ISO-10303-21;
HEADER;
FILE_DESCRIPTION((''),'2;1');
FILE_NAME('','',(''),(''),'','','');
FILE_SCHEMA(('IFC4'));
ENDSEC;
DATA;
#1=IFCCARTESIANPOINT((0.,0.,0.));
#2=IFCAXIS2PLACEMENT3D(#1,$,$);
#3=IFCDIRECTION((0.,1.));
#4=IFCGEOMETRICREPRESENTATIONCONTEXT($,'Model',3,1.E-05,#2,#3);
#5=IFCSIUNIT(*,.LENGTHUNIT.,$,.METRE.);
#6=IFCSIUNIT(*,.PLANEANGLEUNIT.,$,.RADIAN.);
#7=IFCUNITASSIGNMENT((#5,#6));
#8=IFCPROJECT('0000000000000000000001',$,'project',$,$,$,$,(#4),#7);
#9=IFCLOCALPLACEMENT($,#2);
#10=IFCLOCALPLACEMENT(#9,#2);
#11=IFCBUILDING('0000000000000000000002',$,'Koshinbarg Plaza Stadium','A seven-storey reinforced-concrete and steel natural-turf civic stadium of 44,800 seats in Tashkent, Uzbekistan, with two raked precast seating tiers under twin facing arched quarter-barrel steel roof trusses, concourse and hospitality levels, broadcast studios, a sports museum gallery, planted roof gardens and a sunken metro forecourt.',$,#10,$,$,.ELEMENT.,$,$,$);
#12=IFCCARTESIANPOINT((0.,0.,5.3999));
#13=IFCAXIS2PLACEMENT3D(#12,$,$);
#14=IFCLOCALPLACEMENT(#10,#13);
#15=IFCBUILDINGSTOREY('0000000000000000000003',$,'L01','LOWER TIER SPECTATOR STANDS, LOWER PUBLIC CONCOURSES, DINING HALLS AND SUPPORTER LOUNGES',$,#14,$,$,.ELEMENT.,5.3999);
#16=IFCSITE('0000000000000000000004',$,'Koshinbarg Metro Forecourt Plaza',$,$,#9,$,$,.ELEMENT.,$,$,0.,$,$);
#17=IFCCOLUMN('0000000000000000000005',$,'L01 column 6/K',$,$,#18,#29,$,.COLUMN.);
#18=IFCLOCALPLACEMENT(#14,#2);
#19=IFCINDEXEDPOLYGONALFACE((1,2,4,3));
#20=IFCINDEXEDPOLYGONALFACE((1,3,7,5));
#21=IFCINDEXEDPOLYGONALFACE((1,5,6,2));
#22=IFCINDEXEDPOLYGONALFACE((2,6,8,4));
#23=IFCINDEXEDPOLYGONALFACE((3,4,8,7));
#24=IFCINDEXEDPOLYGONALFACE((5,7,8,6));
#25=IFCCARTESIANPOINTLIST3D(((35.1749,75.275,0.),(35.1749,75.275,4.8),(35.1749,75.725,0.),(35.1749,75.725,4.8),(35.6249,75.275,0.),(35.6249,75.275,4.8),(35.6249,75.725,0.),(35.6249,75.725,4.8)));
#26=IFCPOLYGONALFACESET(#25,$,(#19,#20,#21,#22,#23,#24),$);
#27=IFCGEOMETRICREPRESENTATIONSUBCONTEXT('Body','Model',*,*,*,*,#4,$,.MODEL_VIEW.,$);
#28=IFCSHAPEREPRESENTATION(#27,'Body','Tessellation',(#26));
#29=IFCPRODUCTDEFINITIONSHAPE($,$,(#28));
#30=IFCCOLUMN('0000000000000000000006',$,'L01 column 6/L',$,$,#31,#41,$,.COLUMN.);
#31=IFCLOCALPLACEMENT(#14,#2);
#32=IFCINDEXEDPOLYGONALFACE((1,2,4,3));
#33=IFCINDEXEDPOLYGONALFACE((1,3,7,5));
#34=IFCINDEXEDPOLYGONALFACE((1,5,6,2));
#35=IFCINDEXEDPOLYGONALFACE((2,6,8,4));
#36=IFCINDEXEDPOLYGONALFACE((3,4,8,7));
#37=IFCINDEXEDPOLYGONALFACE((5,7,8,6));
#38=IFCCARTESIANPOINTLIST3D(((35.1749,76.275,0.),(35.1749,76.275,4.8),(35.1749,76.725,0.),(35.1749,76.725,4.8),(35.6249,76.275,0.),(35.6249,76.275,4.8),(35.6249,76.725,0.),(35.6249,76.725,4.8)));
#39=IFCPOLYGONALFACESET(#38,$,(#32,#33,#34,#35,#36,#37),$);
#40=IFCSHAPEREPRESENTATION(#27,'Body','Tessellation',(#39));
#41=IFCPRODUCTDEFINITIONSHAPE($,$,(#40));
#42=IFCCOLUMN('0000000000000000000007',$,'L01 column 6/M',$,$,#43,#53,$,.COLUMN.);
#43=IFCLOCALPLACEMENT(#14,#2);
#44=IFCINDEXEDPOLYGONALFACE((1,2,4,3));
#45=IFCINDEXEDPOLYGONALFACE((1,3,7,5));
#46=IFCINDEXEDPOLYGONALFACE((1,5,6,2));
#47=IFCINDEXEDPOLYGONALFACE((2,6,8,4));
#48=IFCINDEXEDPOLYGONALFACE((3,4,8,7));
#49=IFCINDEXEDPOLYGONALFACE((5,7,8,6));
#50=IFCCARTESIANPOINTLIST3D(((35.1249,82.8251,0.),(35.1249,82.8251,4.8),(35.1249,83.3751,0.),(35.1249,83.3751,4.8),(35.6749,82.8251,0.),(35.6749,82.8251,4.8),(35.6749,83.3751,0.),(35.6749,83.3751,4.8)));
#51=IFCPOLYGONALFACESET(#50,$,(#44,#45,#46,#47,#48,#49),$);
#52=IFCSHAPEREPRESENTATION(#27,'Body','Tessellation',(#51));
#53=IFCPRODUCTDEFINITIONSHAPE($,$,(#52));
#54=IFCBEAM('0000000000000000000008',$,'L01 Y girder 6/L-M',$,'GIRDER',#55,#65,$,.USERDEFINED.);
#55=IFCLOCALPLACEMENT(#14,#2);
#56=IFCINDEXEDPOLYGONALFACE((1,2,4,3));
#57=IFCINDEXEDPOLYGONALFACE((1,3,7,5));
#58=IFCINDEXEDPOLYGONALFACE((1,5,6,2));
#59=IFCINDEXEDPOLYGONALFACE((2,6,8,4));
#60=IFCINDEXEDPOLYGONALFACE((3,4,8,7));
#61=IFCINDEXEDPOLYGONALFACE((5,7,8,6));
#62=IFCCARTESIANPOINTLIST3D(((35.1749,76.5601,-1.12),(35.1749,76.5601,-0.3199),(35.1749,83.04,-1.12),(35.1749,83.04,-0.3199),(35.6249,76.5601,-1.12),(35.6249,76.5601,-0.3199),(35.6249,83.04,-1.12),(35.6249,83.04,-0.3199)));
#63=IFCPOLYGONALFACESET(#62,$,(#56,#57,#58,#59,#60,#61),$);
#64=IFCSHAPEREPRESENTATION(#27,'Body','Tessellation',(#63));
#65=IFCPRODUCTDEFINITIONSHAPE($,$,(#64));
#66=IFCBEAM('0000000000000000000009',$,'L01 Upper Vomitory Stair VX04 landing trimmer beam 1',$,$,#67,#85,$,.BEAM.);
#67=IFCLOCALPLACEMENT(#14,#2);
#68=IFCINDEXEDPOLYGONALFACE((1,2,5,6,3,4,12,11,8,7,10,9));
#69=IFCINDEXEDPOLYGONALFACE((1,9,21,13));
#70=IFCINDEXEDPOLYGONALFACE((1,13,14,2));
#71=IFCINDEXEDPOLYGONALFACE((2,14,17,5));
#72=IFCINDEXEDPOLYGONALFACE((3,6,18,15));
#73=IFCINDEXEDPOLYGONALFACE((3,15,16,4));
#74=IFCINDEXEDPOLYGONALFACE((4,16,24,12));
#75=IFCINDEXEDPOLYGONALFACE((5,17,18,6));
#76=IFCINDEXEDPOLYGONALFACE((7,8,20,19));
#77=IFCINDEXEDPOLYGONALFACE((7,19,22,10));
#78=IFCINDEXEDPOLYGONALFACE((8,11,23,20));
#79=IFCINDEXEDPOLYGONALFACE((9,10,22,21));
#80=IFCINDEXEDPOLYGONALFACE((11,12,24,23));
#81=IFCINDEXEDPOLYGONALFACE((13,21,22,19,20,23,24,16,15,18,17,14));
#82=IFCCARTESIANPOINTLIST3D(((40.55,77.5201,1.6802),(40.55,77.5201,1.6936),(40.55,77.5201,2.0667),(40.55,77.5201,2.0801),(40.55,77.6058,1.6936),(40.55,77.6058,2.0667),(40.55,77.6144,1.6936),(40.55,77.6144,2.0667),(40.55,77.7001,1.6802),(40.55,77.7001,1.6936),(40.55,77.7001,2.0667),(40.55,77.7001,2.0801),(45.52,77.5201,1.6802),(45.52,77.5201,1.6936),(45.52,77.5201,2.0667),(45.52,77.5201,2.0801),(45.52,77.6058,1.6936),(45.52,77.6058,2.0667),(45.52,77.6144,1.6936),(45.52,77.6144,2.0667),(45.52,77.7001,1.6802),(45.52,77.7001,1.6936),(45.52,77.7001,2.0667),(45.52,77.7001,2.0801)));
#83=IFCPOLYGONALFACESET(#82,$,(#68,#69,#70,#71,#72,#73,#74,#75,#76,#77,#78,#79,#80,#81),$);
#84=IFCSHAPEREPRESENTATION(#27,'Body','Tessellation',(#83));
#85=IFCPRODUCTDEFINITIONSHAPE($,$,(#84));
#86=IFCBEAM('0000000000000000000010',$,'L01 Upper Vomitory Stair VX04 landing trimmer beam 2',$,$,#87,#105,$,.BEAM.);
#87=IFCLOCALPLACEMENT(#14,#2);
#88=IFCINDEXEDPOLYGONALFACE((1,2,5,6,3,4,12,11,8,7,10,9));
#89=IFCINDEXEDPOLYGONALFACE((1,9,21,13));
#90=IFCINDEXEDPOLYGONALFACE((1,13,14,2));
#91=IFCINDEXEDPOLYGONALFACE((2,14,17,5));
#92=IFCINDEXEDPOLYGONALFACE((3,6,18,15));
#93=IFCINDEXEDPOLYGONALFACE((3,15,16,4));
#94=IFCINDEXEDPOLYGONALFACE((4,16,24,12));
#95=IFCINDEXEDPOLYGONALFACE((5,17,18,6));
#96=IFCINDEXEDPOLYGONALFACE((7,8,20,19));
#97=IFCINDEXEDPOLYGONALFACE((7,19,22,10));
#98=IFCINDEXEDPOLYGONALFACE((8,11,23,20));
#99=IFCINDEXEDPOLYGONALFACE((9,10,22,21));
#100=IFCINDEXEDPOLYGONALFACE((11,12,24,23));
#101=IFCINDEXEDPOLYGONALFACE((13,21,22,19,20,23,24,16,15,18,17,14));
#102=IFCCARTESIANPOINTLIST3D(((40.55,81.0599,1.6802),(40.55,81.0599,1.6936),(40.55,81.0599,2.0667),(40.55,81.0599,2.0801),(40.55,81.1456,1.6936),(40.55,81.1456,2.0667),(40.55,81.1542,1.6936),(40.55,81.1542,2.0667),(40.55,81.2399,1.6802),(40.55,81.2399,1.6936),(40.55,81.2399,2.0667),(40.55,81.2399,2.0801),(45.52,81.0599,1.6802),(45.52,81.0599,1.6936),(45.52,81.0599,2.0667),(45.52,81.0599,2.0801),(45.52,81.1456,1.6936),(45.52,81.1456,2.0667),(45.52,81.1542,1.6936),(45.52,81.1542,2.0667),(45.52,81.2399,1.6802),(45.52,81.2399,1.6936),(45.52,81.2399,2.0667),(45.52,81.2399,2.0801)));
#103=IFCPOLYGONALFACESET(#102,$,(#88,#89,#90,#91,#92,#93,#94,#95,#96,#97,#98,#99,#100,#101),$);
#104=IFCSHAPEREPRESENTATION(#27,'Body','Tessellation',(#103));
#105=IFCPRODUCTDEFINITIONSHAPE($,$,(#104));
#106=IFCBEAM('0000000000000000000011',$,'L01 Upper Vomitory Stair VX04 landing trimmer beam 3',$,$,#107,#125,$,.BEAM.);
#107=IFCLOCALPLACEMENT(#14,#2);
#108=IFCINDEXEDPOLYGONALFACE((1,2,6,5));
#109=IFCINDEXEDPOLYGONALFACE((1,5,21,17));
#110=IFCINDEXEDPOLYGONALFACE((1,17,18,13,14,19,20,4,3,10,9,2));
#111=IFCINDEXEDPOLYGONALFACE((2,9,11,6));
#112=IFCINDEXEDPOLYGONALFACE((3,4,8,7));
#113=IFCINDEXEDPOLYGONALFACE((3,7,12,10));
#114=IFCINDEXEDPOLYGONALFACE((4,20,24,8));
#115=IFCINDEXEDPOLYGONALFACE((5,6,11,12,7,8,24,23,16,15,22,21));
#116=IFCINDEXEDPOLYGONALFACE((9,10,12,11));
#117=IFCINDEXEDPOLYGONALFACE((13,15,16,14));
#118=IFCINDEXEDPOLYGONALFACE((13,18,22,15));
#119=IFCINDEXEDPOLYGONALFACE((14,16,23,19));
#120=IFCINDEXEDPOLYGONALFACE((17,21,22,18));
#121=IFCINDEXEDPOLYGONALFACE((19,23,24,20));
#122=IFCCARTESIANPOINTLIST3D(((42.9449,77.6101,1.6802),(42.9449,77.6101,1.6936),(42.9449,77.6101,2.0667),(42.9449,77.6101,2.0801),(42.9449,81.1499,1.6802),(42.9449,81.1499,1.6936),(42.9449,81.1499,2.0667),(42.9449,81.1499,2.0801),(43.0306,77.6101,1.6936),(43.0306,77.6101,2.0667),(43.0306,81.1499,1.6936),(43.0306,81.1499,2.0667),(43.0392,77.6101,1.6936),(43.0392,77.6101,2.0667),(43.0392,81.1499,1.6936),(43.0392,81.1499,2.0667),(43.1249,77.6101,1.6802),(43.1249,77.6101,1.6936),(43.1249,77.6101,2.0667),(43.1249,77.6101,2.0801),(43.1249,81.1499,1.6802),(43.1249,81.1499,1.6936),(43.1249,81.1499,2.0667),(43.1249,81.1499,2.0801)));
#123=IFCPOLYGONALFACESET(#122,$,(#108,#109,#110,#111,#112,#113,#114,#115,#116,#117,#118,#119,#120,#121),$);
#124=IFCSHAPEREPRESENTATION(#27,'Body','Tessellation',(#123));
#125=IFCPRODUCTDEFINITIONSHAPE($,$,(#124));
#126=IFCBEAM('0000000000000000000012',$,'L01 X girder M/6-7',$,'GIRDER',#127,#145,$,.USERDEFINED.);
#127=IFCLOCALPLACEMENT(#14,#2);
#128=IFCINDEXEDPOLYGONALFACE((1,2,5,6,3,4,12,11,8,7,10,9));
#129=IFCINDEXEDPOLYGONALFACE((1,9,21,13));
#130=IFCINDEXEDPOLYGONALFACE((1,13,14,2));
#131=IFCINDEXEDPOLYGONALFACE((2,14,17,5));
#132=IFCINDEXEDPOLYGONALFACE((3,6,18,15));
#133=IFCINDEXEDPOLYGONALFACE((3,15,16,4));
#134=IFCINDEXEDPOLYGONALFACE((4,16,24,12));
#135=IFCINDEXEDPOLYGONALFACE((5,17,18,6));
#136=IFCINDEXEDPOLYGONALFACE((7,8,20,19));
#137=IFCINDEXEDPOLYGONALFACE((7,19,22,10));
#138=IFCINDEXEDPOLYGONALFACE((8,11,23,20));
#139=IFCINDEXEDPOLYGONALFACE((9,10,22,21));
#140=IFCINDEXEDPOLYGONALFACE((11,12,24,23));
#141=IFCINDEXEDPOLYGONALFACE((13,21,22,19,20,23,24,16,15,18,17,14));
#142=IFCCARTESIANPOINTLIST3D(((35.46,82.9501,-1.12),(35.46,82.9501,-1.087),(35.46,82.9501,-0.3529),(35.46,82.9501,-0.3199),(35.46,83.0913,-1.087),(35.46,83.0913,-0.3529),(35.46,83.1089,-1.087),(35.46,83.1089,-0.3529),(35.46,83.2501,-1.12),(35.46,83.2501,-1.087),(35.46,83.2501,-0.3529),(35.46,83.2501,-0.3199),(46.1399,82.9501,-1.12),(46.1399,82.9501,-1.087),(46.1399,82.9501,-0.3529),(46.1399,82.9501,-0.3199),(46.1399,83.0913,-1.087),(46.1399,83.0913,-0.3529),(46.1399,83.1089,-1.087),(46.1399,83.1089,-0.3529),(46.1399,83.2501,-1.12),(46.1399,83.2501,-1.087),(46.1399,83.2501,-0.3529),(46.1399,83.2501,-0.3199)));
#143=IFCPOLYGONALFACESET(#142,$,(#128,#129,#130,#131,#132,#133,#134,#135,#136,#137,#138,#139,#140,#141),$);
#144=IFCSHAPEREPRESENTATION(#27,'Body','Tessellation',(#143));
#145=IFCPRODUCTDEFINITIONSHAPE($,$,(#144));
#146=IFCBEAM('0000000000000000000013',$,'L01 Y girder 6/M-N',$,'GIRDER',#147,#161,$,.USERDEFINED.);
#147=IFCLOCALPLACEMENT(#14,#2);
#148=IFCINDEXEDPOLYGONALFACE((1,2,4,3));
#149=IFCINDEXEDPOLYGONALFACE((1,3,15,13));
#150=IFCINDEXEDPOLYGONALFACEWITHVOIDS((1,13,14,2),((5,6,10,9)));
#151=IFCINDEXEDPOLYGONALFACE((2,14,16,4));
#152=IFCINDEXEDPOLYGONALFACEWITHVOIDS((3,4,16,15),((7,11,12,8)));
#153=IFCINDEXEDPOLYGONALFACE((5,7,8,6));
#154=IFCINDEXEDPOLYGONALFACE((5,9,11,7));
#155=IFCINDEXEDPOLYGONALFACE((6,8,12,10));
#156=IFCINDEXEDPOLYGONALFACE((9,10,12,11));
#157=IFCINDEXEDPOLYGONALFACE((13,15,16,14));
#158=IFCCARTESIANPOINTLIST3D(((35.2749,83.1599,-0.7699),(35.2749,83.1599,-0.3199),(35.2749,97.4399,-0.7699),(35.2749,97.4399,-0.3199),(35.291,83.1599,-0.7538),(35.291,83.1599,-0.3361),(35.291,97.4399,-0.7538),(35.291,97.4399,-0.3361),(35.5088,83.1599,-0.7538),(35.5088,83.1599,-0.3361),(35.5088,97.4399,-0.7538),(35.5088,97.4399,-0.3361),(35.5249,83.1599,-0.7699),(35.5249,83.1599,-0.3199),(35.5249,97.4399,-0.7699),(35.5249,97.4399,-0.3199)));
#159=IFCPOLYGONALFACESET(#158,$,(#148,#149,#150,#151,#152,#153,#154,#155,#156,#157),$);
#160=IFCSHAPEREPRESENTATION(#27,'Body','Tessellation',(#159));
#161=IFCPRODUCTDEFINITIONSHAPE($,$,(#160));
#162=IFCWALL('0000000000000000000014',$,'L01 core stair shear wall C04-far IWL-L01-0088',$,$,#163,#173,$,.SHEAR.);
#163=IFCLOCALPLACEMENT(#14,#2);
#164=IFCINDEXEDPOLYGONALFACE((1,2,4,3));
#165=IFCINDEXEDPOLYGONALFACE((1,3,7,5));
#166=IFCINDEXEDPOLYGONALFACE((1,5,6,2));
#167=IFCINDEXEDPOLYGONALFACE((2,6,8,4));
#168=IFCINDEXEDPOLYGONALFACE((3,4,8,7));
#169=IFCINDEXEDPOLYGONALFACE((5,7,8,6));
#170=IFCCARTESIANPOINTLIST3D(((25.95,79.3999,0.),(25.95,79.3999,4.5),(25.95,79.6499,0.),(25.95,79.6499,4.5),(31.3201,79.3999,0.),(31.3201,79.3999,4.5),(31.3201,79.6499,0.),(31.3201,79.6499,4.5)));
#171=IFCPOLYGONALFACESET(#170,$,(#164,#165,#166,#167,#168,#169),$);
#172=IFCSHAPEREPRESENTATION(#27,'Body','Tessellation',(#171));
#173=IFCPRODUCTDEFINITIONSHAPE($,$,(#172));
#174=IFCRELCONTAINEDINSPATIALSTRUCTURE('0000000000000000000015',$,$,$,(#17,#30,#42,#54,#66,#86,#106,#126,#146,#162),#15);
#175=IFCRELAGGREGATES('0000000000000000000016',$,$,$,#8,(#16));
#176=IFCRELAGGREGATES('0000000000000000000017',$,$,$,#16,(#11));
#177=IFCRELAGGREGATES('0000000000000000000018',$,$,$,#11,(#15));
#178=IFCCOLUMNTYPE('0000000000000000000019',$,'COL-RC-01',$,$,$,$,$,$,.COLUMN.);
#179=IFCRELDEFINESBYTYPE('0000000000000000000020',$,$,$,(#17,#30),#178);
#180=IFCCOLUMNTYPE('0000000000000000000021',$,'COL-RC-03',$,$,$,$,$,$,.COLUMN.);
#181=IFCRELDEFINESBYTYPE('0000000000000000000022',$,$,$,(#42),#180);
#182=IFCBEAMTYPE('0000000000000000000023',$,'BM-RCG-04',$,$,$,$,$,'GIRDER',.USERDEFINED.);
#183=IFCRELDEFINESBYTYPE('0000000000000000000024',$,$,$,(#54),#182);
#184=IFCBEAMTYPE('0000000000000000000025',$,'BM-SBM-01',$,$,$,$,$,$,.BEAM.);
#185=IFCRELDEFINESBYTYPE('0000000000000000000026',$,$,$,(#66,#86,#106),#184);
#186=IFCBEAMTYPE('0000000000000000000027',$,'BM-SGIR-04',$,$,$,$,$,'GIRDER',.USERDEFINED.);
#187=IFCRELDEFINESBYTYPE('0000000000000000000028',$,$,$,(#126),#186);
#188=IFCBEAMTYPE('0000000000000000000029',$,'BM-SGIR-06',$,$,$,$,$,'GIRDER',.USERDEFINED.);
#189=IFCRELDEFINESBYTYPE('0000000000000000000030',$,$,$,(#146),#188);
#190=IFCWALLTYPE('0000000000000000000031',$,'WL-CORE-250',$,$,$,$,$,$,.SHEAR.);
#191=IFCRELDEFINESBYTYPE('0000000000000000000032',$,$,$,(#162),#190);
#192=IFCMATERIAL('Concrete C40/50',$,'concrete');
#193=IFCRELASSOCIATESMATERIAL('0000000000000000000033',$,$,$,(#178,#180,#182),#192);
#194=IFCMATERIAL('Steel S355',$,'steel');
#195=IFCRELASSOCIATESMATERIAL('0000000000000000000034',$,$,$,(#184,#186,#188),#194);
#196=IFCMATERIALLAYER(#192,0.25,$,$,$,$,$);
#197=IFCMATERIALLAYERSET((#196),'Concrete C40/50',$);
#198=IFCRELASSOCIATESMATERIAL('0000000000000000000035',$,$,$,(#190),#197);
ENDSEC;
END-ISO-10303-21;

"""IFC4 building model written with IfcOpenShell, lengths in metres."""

from ifc_helpers import new_model, si_unit, direction, frame, frame_2d, origin, origin_2d, place, context, subcontext, project, spatial, rectangle, hollow_rectangle, i_section, extrude, material, layer, layer_set, material_profile, profile_set, type_object, element, save


model = new_model("IFC4")

# Units and contexts
model_context = context("Model", 3, precision=1e-05, world=origin(), true_north=direction((0.0, 1.0)))
body_context = subcontext(model_context, "Body", "Model", "MODEL_VIEW")
ifc_project = project(units=[si_unit("LENGTHUNIT", "METRE"), si_unit("PLANEANGLEUNIT", "RADIAN")], contexts=[model_context])

# Site, building, storey
site_placement = place(None, origin())
site = spatial("IfcSite", under=ifc_project, at=site_placement, Name="Koshinbarg Metro Forecourt Plaza", CompositionType="ELEMENT", RefElevation=0.0)
building_placement = place(site_placement, origin())
building = spatial("IfcBuilding", under=site, at=building_placement, Name="Koshinbarg Plaza Stadium", Description="A seven-storey reinforced-concrete and steel natural-turf civic stadium of 44,800 seats in Tashkent, Uzbekistan, with two raked precast seating tiers under twin facing arched quarter-barrel steel roof trusses, concourse and hospitality levels, broadcast studios, a sports museum gallery, planted roof gardens and a sunken metro forecourt.", CompositionType="ELEMENT")
storey_placement = place(building_placement, frame((0.0, 0.0, 5.3999)))
storey = spatial("IfcBuildingStorey", under=building, at=storey_placement, Name="L01", Description="LOWER TIER SPECTATOR STANDS, LOWER PUBLIC CONCOURSES, DINING HALLS AND SUPPORTER LOUNGES", CompositionType="ELEMENT", Elevation=5.3999)

# Columns
ifc_material_1 = material(Name="Concrete C40/50", Category="concrete")
ifc_material_profile_1 = material_profile(ifc_material_1, rectangle(XDim=0.45, YDim=0.45, at=origin_2d()), Name="RC 450x450")
ifc_profile_set_1 = profile_set([ifc_material_profile_1], Name="Concrete C40/50")
column_type_1 = type_object("IfcColumnType", Name="COL-RC-01", PredefinedType="COLUMN", material=ifc_profile_set_1)
for number, where, z_axis, x_axis, name in (
    (1, (35.3999, 75.5, 0.0), (0.0, 0.0, 1.0), (1.0, 0.0, 0.0), "L01 column 6/K"),
    (2, (35.3999, 76.5, 0.0), (0.0, 0.0, 1.0), (1.0, 0.0, 0.0), "L01 column 6/L"),
):
    element("IfcColumn", number, at=place(storey_placement, frame(where, z_axis=z_axis, x_axis=x_axis)), inside=storey, type_object=column_type_1, Name=name, PredefinedType="COLUMN", context=body_context, shape_type="SweptSolid", body=[
        extrude(rectangle(XDim=0.45, YDim=0.45, at=origin_2d()), origin(), (0.0, 0.0, 1.0), 4.8),
    ])
ifc_material_profile_2 = material_profile(ifc_material_1, rectangle(XDim=0.55, YDim=0.55, at=origin_2d()), Name="RC 550x550")
ifc_profile_set_2 = profile_set([ifc_material_profile_2], Name="Concrete C40/50")
column_type_2 = type_object("IfcColumnType", Name="COL-RC-03", PredefinedType="COLUMN", material=ifc_profile_set_2)
column_placement = place(storey_placement, frame((35.3999, 83.1001, 0.0), z_axis=(0.0, 0.0, 1.0), x_axis=(1.0, 0.0, 0.0)))
element("IfcColumn", 3, at=column_placement, inside=storey, type_object=column_type_2, Name="L01 column 6/M", PredefinedType="COLUMN", context=body_context, shape_type="SweptSolid", body=[
    extrude(rectangle(XDim=0.55, YDim=0.55, at=origin_2d()), origin(), (0.0, 0.0, 1.0), 4.8),
])

# Beams
ifc_material_profile_3 = material_profile(ifc_material_1, rectangle(XDim=0.45, YDim=0.8, at=origin_2d()), Name="RC 450x800")
ifc_profile_set_3 = profile_set([ifc_material_profile_3], Name="Concrete C40/50")
beam_type_1 = type_object("IfcBeamType", Name="BM-RCG-04", ElementType="GIRDER", PredefinedType="USERDEFINED", material=ifc_profile_set_3)
beam_1_placement = place(storey_placement, frame((35.3999, 76.5601, -0.72), z_axis=(0.0, 1.0, 0.0), x_axis=(-1.0, 0.0, 0.0)))
element("IfcBeam", 4, at=beam_1_placement, inside=storey, type_object=beam_type_1, Name="L01 Y girder 6/L-M", ObjectType="GIRDER", PredefinedType="USERDEFINED", context=body_context, shape_type="SweptSolid", body=[
    extrude(rectangle(XDim=0.45, YDim=0.8, at=origin_2d()), origin(), (0.0, 0.0, 1.0), 6.48),
])
ifc_material_2 = material(Name="Steel S355", Category="steel")
ifc_material_profile_4 = material_profile(ifc_material_2, i_section(OverallWidth=0.1799, OverallDepth=0.3999, WebThickness=0.0085, FlangeThickness=0.0134, at=origin_2d()), Name="IPE 400")
ifc_profile_set_4 = profile_set([ifc_material_profile_4], Name="Steel S355")
beam_type_2 = type_object("IfcBeamType", Name="BM-SBM-01", PredefinedType="BEAM", material=ifc_profile_set_4)
for number, where, z_axis, x_axis, name in (
    (5, (40.55, 77.6101, 1.8801), (1.0, 0.0, 0.0), (0.0, 1.0, 0.0), "L01 Upper Vomitory Stair VX04 landing trimmer beam 1"),
    (6, (40.55, 81.1499, 1.8801), (1.0, 0.0, 0.0), (0.0, 1.0, 0.0), "L01 Upper Vomitory Stair VX04 landing trimmer beam 2"),
):
    element("IfcBeam", number, at=place(storey_placement, frame(where, z_axis=z_axis, x_axis=x_axis)), inside=storey, type_object=beam_type_2, Name=name, PredefinedType="BEAM", context=body_context, shape_type="SweptSolid", body=[
        extrude(i_section(OverallWidth=0.1799, OverallDepth=0.3999, WebThickness=0.0085, FlangeThickness=0.0134, at=origin_2d()), origin(), (0.0, 0.0, 1.0), 4.97),
    ])
beam_2_placement = place(storey_placement, frame((43.0349, 77.6101, 1.8801), z_axis=(0.0, 1.0, 0.0), x_axis=(-1.0, 0.0, 0.0)))
element("IfcBeam", 7, at=beam_2_placement, inside=storey, type_object=beam_type_2, Name="L01 Upper Vomitory Stair VX04 landing trimmer beam 3", PredefinedType="BEAM", context=body_context, shape_type="SweptSolid", body=[
    extrude(i_section(OverallWidth=0.1799, OverallDepth=0.3999, WebThickness=0.0085, FlangeThickness=0.0134, at=origin_2d()), origin(), (0.0, 0.0, 1.0), 3.5398),
])
ifc_material_profile_5 = material_profile(ifc_material_2, i_section(OverallWidth=0.3, OverallDepth=0.8, WebThickness=0.0176, FlangeThickness=0.033, at=origin_2d()), Name="HEB 800")
ifc_profile_set_5 = profile_set([ifc_material_profile_5], Name="Steel S355")
beam_type_3 = type_object("IfcBeamType", Name="BM-SGIR-04", ElementType="GIRDER", PredefinedType="USERDEFINED", material=ifc_profile_set_5)
beam_3_placement = place(storey_placement, frame((35.46, 83.1001, -0.72), z_axis=(1.0, 0.0, 0.0), x_axis=(0.0, 1.0, 0.0)))
element("IfcBeam", 8, at=beam_3_placement, inside=storey, type_object=beam_type_3, Name="L01 X girder M/6-7", ObjectType="GIRDER", PredefinedType="USERDEFINED", context=body_context, shape_type="SweptSolid", body=[
    extrude(i_section(OverallWidth=0.3, OverallDepth=0.8, WebThickness=0.0176, FlangeThickness=0.033, at=origin_2d()), origin(), (0.0, 0.0, 1.0), 10.6799),
])
ifc_material_profile_6 = material_profile(ifc_material_2, hollow_rectangle(XDim=0.25, YDim=0.45, WallThickness=0.0161, at=origin_2d()), Name="RHS 450x250x16")
ifc_profile_set_6 = profile_set([ifc_material_profile_6], Name="Steel S355")
beam_type_4 = type_object("IfcBeamType", Name="BM-SGIR-06", ElementType="GIRDER", PredefinedType="USERDEFINED", material=ifc_profile_set_6)
beam_4_placement = place(storey_placement, frame((35.3999, 83.1599, -0.5449), z_axis=(0.0, 1.0, 0.0), x_axis=(-1.0, 0.0, 0.0)))
element("IfcBeam", 9, at=beam_4_placement, inside=storey, type_object=beam_type_4, Name="L01 Y girder 6/M-N", ObjectType="GIRDER", PredefinedType="USERDEFINED", context=body_context, shape_type="SweptSolid", body=[
    extrude(hollow_rectangle(XDim=0.25, YDim=0.45, WallThickness=0.0161, at=origin_2d()), origin(), (0.0, 0.0, 1.0), 14.28),
])

# Wall
ifc_layer_1 = layer(ifc_material_1, 0.25)
ifc_layer_set_1 = layer_set([ifc_layer_1], Name="Concrete C40/50")
wall_type_1 = type_object("IfcWallType", Name="WL-CORE-250", PredefinedType="SHEAR", material=ifc_layer_set_1)
wall_1_placement = place(storey_placement, frame((31.3201, 79.5249, 0.0), z_axis=(0.0, 0.0, 1.0), x_axis=(-1.0, 0.0, 0.0)))
element("IfcWall", 10, at=wall_1_placement, inside=storey, type_object=wall_type_1, Name="L01 core stair shear wall C04-far IWL-L01-0088", PredefinedType="SHEAR", context=body_context, shape_type="SweptSolid", body=[
    extrude(rectangle(XDim=5.3701, YDim=0.25, at=frame_2d((2.6851, 0.0))), origin(), (0.0, 0.0, 1.0), 4.5),
])

save(model, "model.ifc")
